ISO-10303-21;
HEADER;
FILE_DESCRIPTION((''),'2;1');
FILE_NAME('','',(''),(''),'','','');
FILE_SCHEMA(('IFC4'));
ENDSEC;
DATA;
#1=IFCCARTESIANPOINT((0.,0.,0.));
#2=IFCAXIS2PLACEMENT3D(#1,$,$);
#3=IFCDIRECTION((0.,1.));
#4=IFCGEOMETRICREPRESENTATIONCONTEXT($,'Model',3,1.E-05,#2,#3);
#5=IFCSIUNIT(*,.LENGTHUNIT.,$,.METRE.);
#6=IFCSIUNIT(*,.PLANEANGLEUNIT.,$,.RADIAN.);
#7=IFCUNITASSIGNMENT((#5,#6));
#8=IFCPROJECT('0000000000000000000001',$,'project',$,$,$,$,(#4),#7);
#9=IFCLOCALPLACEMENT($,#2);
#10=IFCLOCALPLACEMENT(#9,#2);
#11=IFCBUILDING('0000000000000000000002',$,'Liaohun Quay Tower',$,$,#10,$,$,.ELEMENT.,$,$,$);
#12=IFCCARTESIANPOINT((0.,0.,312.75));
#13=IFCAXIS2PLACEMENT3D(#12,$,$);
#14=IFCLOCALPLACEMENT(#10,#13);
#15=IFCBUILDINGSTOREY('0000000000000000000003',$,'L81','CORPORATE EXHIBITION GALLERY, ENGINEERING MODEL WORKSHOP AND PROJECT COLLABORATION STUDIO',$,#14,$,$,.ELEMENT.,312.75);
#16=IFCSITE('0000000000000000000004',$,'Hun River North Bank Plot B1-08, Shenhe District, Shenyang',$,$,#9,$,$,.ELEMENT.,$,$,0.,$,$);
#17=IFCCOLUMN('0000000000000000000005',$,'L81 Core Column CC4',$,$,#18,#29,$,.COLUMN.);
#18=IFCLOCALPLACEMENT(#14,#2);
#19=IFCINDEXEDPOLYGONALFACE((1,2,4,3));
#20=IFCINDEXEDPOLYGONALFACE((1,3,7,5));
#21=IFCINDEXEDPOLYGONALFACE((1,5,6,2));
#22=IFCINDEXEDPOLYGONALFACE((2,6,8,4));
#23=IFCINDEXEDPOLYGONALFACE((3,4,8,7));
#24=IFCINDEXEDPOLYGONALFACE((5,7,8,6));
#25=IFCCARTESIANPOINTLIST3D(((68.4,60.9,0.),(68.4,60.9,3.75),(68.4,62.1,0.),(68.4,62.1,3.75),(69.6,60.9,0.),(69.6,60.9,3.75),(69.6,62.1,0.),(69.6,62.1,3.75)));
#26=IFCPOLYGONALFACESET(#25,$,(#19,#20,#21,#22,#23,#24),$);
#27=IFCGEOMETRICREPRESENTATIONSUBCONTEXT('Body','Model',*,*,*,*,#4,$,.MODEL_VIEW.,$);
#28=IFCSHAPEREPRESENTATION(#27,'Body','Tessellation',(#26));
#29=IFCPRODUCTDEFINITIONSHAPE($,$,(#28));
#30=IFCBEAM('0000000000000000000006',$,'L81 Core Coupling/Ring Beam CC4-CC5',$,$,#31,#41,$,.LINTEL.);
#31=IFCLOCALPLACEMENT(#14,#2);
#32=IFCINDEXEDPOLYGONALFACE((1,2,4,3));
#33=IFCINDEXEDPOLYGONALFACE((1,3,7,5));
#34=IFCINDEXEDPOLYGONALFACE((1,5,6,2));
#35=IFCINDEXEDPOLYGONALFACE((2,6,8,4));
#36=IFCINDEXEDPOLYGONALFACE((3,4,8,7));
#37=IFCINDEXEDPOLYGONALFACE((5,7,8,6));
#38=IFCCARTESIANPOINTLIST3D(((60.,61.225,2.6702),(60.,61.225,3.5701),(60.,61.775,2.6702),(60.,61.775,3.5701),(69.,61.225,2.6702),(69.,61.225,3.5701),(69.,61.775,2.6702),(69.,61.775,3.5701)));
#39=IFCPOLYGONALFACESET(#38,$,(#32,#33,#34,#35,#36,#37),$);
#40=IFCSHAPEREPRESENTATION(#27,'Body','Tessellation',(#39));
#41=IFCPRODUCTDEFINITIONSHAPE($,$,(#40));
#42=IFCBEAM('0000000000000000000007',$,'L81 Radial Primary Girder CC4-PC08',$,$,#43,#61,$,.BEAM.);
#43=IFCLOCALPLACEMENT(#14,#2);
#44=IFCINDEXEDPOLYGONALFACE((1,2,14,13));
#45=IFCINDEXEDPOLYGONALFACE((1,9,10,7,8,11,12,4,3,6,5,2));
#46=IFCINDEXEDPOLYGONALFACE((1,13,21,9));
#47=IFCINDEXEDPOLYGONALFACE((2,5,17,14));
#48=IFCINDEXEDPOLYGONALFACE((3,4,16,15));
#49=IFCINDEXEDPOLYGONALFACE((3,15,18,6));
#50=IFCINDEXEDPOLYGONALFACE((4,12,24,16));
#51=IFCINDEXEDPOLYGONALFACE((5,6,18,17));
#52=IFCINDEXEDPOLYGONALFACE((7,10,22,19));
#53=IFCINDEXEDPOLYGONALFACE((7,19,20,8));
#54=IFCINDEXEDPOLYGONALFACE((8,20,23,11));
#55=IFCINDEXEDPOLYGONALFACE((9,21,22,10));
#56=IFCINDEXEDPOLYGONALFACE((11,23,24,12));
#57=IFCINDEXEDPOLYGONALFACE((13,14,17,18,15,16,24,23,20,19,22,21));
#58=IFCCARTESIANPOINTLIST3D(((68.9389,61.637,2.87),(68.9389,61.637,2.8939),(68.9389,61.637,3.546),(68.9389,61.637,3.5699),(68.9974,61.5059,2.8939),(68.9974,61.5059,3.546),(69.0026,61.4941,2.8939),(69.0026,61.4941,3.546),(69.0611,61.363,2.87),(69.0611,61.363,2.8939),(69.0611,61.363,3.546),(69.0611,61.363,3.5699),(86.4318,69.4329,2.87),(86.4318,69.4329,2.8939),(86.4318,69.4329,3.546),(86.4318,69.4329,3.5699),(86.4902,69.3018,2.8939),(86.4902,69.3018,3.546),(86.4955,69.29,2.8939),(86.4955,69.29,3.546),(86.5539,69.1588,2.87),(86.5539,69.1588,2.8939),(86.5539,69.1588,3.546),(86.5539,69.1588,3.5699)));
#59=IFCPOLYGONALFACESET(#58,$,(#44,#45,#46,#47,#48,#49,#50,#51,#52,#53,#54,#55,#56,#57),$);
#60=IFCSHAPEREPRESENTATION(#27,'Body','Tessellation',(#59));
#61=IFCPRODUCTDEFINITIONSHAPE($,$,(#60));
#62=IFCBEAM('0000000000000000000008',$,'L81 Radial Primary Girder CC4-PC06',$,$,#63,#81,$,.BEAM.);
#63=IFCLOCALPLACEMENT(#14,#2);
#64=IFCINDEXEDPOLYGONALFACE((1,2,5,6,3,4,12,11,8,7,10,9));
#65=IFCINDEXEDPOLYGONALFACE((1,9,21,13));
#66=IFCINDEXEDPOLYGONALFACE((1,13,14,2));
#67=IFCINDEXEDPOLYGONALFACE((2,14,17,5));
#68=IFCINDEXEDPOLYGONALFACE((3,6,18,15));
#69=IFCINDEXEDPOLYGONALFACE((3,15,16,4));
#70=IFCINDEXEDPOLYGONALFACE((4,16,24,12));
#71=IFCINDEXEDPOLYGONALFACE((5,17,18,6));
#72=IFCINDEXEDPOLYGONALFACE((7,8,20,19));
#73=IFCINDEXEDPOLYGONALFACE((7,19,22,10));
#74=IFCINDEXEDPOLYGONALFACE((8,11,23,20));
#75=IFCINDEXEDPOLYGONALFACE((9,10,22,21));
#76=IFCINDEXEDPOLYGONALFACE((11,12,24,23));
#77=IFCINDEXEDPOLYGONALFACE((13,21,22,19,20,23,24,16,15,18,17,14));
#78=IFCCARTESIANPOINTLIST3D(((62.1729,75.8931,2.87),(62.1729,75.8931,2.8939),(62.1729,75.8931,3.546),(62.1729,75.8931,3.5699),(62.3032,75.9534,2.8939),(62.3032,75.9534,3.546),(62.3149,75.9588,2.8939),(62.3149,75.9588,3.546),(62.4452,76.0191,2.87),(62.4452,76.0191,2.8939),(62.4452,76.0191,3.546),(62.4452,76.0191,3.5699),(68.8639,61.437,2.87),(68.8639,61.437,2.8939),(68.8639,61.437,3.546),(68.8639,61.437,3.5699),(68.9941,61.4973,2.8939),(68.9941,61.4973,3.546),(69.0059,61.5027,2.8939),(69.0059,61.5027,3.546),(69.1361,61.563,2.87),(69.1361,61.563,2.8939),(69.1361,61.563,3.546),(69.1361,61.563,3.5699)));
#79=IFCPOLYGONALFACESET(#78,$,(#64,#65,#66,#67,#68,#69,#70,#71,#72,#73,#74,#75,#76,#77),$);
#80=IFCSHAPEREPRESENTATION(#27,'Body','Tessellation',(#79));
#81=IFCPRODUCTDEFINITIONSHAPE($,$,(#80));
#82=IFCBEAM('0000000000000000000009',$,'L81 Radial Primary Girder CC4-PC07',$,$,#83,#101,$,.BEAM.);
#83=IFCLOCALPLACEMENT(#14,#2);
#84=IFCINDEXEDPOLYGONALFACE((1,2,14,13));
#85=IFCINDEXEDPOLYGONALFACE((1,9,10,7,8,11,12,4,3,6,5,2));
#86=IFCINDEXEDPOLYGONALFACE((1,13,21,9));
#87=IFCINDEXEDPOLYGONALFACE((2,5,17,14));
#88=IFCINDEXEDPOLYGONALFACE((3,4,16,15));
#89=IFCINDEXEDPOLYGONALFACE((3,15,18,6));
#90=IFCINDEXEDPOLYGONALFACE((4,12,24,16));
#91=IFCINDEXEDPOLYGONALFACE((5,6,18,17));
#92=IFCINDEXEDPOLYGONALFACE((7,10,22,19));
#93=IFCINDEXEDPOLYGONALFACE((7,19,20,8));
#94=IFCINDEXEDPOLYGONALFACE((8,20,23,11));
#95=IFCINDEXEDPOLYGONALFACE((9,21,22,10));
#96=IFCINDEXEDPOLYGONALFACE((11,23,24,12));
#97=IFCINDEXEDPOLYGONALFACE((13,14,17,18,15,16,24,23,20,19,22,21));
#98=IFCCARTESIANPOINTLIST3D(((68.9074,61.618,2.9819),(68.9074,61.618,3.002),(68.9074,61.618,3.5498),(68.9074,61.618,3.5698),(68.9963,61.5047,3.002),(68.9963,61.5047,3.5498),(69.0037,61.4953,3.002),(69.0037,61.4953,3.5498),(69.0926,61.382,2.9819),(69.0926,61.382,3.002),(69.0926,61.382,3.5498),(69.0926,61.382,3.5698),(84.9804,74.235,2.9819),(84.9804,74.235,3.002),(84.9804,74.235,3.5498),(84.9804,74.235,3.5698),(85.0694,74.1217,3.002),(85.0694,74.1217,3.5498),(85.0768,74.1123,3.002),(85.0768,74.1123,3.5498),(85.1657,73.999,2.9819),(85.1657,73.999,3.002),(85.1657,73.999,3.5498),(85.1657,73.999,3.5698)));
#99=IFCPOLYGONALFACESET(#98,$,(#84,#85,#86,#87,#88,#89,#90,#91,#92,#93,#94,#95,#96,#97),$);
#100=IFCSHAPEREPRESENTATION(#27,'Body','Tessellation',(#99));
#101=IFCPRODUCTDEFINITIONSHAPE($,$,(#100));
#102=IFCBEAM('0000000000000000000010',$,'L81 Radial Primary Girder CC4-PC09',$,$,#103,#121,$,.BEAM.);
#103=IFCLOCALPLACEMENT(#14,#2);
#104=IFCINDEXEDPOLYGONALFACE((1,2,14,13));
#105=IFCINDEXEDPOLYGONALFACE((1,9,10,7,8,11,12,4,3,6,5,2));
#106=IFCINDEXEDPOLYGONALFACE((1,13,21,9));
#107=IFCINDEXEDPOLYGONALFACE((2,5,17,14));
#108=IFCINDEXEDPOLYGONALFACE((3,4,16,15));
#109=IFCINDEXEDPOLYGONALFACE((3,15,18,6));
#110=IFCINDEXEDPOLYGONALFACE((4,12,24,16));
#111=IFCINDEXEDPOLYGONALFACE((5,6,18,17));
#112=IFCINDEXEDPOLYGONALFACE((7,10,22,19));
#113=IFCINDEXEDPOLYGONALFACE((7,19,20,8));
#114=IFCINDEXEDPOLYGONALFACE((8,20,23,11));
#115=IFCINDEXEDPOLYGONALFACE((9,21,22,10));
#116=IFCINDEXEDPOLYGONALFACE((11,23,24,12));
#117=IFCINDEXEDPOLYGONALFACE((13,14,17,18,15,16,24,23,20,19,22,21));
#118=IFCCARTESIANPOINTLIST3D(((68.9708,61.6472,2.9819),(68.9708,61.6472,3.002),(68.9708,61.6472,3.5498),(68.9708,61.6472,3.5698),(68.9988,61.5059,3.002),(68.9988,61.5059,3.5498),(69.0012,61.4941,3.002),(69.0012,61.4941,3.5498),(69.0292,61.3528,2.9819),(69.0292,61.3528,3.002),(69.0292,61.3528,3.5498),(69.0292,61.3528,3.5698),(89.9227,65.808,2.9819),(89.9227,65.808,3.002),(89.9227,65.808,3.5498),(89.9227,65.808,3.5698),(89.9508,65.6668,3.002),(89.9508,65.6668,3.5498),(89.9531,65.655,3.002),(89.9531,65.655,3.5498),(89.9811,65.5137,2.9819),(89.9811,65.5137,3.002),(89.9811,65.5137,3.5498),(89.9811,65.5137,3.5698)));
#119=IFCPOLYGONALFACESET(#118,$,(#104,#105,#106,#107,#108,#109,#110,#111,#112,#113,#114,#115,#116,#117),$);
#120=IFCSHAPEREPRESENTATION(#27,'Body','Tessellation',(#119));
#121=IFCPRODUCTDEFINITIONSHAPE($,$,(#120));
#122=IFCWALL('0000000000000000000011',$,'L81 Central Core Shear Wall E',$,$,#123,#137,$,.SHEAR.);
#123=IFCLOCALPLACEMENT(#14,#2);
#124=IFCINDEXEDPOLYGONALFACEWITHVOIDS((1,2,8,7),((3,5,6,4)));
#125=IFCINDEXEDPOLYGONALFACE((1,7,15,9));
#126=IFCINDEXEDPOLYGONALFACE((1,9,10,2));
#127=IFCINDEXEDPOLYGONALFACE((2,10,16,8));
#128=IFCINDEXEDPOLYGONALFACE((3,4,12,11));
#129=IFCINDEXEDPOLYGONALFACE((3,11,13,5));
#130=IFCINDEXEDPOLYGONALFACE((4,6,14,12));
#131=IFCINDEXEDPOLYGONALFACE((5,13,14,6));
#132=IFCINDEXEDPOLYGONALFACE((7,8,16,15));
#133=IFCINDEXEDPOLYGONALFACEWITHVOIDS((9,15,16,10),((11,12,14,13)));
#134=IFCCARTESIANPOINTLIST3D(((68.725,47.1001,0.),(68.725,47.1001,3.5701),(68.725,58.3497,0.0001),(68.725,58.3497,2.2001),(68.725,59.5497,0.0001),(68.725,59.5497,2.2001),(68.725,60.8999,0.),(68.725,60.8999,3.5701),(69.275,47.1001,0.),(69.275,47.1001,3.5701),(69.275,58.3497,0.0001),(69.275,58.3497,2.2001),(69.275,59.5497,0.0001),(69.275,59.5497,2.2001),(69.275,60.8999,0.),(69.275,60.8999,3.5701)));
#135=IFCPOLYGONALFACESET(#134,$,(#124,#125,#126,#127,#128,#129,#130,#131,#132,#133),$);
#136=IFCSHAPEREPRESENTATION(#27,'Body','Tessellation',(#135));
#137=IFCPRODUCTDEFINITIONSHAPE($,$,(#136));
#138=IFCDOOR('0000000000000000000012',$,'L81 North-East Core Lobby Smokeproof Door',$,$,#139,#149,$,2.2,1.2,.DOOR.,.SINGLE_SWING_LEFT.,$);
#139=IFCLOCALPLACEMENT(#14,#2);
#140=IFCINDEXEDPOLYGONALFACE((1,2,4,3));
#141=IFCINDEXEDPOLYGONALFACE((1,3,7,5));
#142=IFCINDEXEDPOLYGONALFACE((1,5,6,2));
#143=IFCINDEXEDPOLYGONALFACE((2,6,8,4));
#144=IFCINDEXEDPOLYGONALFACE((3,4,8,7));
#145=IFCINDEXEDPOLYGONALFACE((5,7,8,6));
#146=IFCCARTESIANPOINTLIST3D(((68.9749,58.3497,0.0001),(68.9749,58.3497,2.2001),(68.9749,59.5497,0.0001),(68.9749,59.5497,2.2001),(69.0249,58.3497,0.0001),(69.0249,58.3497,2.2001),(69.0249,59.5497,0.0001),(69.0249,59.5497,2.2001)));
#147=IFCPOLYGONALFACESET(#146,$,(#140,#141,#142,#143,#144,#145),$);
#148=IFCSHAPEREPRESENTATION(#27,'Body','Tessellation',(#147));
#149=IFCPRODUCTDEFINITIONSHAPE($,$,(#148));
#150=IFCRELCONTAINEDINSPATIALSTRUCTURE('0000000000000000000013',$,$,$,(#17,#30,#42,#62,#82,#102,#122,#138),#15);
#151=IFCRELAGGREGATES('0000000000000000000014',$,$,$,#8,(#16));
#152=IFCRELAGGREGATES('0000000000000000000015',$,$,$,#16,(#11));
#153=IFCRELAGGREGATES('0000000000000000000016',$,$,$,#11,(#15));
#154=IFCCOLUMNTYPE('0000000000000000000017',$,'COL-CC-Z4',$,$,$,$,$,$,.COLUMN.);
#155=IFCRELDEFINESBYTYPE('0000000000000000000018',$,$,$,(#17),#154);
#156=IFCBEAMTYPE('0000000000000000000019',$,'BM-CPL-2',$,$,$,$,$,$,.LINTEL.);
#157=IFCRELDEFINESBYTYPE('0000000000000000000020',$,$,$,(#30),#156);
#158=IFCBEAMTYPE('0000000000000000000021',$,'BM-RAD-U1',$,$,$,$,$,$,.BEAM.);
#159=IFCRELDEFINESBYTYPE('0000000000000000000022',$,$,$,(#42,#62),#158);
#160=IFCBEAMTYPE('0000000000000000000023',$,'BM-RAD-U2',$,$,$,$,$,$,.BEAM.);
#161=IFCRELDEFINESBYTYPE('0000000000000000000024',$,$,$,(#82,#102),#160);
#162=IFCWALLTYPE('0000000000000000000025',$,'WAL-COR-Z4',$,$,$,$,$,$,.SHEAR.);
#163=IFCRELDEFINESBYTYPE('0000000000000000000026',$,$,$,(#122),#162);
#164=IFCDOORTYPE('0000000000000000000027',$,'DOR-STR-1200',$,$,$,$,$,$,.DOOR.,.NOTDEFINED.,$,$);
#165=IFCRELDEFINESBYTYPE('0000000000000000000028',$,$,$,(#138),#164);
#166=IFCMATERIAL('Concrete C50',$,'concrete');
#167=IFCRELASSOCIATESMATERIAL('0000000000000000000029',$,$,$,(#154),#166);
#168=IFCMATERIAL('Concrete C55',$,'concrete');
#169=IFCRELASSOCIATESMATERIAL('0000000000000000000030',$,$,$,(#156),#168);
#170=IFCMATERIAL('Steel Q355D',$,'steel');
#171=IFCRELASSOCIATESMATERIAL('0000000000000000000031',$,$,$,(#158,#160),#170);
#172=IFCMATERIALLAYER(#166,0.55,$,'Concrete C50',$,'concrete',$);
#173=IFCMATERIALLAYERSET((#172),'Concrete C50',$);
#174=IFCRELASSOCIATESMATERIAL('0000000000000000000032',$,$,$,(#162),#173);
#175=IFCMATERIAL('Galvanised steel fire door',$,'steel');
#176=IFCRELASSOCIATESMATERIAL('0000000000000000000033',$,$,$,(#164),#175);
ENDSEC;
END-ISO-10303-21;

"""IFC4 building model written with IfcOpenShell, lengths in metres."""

from ifc_helpers import new_model, si_unit, direction, frame, frame_2d, origin, origin_2d, place, context, subcontext, project, spatial, rectangle, i_section, extrude, source, transform, mapped, material, layer, layer_set, material_profile, profile_set, type_object, element, fill, save


model = new_model("IFC4")

# Units and contexts
model_context = context("Model", 3, precision=1e-05, world=origin(), true_north=direction((0.0, 1.0)))
body_context = subcontext(model_context, "Body", "Model", "MODEL_VIEW")
ifc_project = project(units=[si_unit("LENGTHUNIT", "METRE"), si_unit("PLANEANGLEUNIT", "RADIAN")], contexts=[model_context])

# Site, building, storey
site_placement = place(None, origin())
site = spatial("IfcSite", under=ifc_project, at=site_placement, Name="Hun River North Bank Plot B1-08, Shenhe District, Shenyang", CompositionType="ELEMENT", RefElevation=0.0)
building_placement = place(site_placement, origin())
building = spatial("IfcBuilding", under=site, at=building_placement, Name="Liaohun Quay Tower", CompositionType="ELEMENT")
storey_placement = place(building_placement, frame((0.0, 0.0, 312.75)))
storey = spatial("IfcBuildingStorey", under=building, at=storey_placement, Name="L81", Description="CORPORATE EXHIBITION GALLERY, ENGINEERING MODEL WORKSHOP AND PROJECT COLLABORATION STUDIO", CompositionType="ELEMENT", Elevation=312.75)

# Column
ifc_material_1 = material(Name="Concrete C50", Category="concrete")
ifc_material_profile_1 = material_profile(ifc_material_1, rectangle(XDim=1.2, YDim=1.2, at=origin_2d()), Name="RC1200x1200")
ifc_profile_set_1 = profile_set([ifc_material_profile_1], Name="Concrete C50")
column_type = type_object("IfcColumnType", Name="COL-CC-Z4", PredefinedType="COLUMN", material=ifc_profile_set_1)
shared_shape_1 = source(origin(), body_context, "Body", "SweptSolid", [
    extrude(rectangle(XDim=1.2, YDim=1.2, at=origin_2d()), origin(), (0.0, 0.0, 1.0), 3.75),
])
column_placement = place(storey_placement, frame((69.0, 61.5, 0.0), z_axis=(0.0, 0.0, 1.0), x_axis=(1.0, 0.0, 0.0)))
element("IfcColumn", 1, at=column_placement, inside=storey, type_object=column_type, Name="L81 Core Column CC4", PredefinedType="COLUMN", context=body_context, shape_type="MappedRepresentation", body=[
    mapped(shared_shape_1, transform((0.0, 0.0, 0.0), x_axis=(1.0, 0.0, 0.0), y_axis=(0.0, 1.0, 0.0), z_axis=(0.0, 0.0, 1.0), scale=1.0)),
])

# Beams
ifc_material_2 = material(Name="Concrete C55", Category="concrete")
ifc_material_profile_2 = material_profile(ifc_material_2, rectangle(XDim=0.55, YDim=0.8999, at=origin_2d()), Name="RC550x900")
ifc_profile_set_2 = profile_set([ifc_material_profile_2], Name="Concrete C55")
beam_type_1 = type_object("IfcBeamType", Name="BM-CPL-2", PredefinedType="LINTEL", material=ifc_profile_set_2)
shared_shape_2 = source(origin(), body_context, "Body", "SweptSolid", [
    extrude(rectangle(XDim=0.55, YDim=0.8999, at=origin_2d()), origin(), (0.0, 0.0, 1.0), 9.0),
])
beam_1_placement = place(storey_placement, frame((69.0, 61.5, 3.1201), z_axis=(-1.0, 0.0, 0.0), x_axis=(0.0, -1.0, 0.0)))
element("IfcBeam", 2, at=beam_1_placement, inside=storey, type_object=beam_type_1, Name="L81 Core Coupling/Ring Beam CC4-CC5", PredefinedType="LINTEL", context=body_context, shape_type="MappedRepresentation", body=[
    mapped(shared_shape_2, transform((0.0, 0.0, 0.0), x_axis=(1.0, 0.0, 0.0), y_axis=(0.0, 1.0, 0.0), z_axis=(0.0, 0.0, 1.0), scale=1.0)),
])
ifc_material_3 = material(Name="Steel Q355D", Category="steel")
ifc_material_profile_3 = material_profile(ifc_material_3, i_section(OverallWidth=0.3, OverallDepth=0.7, WebThickness=0.0129, FlangeThickness=0.0239, at=origin_2d()), Name="HN700x300x13x24")
ifc_profile_set_3 = profile_set([ifc_material_profile_3], Name="Steel Q355D")
beam_type_2 = type_object("IfcBeamType", Name="BM-RAD-U1", PredefinedType="BEAM", material=ifc_profile_set_3)
shared_shape_3 = source(origin(), body_context, "Body", "SweptSolid", [
    extrude(i_section(OverallWidth=0.3, OverallDepth=0.7, WebThickness=0.0129, FlangeThickness=0.0239, at=origin_2d()), origin(), (0.0, 0.0, 1.0), 19.1514),
])
beam_2_placement = place(storey_placement, frame((69.0, 61.5, 3.22), z_axis=(0.913399, 0.407066, 0.0), x_axis=(-0.407066, 0.913399, 0.0)))
element("IfcBeam", 3, at=beam_2_placement, inside=storey, type_object=beam_type_2, Name="L81 Radial Primary Girder CC4-PC08", PredefinedType="BEAM", context=body_context, shape_type="MappedRepresentation", body=[
    mapped(shared_shape_3, transform((0.0, 0.0, 0.0), x_axis=(1.0, 0.0, 0.0), y_axis=(0.0, 1.0, 0.0), z_axis=(0.0, 0.0, 1.0), scale=1.0)),
])
shared_shape_4 = source(origin(), body_context, "Body", "SweptSolid", [
    extrude(i_section(OverallWidth=0.3, OverallDepth=0.7, WebThickness=0.0129, FlangeThickness=0.0239, at=origin_2d()), origin(), (0.0, 0.0, 1.0), 15.9294),
])
beam_3_placement = place(storey_placement, frame((69.0, 61.5, 3.22), z_axis=(-0.420036, 0.907508, 0.0), x_axis=(-0.907508, -0.420036, 0.0)))
element("IfcBeam", 4, at=beam_3_placement, inside=storey, type_object=beam_type_2, Name="L81 Radial Primary Girder CC4-PC06", PredefinedType="BEAM", context=body_context, shape_type="MappedRepresentation", body=[
    mapped(shared_shape_4, transform((0.0, 0.0, 0.0), x_axis=(1.0, 0.0, 0.0), y_axis=(0.0, 1.0, 0.0), z_axis=(0.0, 0.0, 1.0), scale=1.0)),
])
ifc_material_profile_4 = material_profile(ifc_material_3, i_section(OverallWidth=0.3, OverallDepth=0.5879, WebThickness=0.012, FlangeThickness=0.02, at=origin_2d()), Name="HM588x300x12x20")
ifc_profile_set_4 = profile_set([ifc_material_profile_4], Name="Steel Q355D")
beam_type_3 = type_object("IfcBeamType", Name="BM-RAD-U2", PredefinedType="BEAM", material=ifc_profile_set_4)
shared_shape_5 = source(origin(), body_context, "Body", "SweptSolid", [
    extrude(i_section(OverallWidth=0.3, OverallDepth=0.5879, WebThickness=0.012, FlangeThickness=0.02, at=origin_2d()), origin(), (0.0, 0.0, 1.0), 20.4336),
])
beam_4_placement = place(storey_placement, frame((69.0, 61.5, 3.2759), z_axis=(0.7866, 0.617463, 0.0), x_axis=(-0.617463, 0.7866, 0.0)))
element("IfcBeam", 5, at=beam_4_placement, inside=storey, type_object=beam_type_3, Name="L81 Radial Primary Girder CC4-PC07", PredefinedType="BEAM", context=body_context, shape_type="MappedRepresentation", body=[
    mapped(shared_shape_5, transform((0.0, 0.0, 0.0), x_axis=(1.0, 0.0, 0.0), y_axis=(0.0, 1.0, 0.0), z_axis=(0.0, 0.0, 1.0), scale=1.0)),
])
shared_shape_6 = source(origin(), body_context, "Body", "SweptSolid", [
    extrude(i_section(OverallWidth=0.3, OverallDepth=0.5879, WebThickness=0.012, FlangeThickness=0.02, at=origin_2d()), origin(), (0.0, 0.0, 1.0), 21.3611),
])
beam_5_placement = place(storey_placement, frame((69.0, 61.5, 3.2759), z_axis=(0.980845, 0.194788, 0.0), x_axis=(-0.194788, 0.980845, 0.0)))
element("IfcBeam", 6, at=beam_5_placement, inside=storey, type_object=beam_type_3, Name="L81 Radial Primary Girder CC4-PC09", PredefinedType="BEAM", context=body_context, shape_type="MappedRepresentation", body=[
    mapped(shared_shape_6, transform((0.0, 0.0, 0.0), x_axis=(1.0, 0.0, 0.0), y_axis=(0.0, 1.0, 0.0), z_axis=(0.0, 0.0, 1.0), scale=1.0)),
])

# Wall, opening, door
ifc_layer_1 = layer(ifc_material_1, 0.55, Name="Concrete C50", Category="concrete")
ifc_layer_set_1 = layer_set([ifc_layer_1], Name="Concrete C50")
wall_type_1 = type_object("IfcWallType", Name="WAL-COR-Z4", PredefinedType="SHEAR", material=ifc_layer_set_1)
wall_1_placement = place(storey_placement, frame((69.0, 60.8999, 0.0), z_axis=(0.0, 0.0, 1.0), x_axis=(0.0, -1.0, 0.0)))
wall_1 = element("IfcWall", 7, at=wall_1_placement, inside=storey, type_object=wall_type_1, Name="L81 Central Core Shear Wall E", PredefinedType="SHEAR", context=body_context, shape_type="SweptSolid", body=[
    extrude(rectangle(XDim=13.7998, YDim=0.55, at=frame_2d((6.8999, 0.0))), origin(), (0.0, 0.0, 1.0), 3.5701),
])
shared_shape_7 = source(origin(), body_context, "Body", "SweptSolid", [
    extrude(rectangle(XDim=1.2, YDim=2.2, at=frame_2d((0.6001, 1.1001))), frame((0.0, 0.2849, 0.0), z_axis=(0.0, -1.0, 0.0), x_axis=(1.0, 0.0, 0.0)), (0.0, 0.0, 1.0), 0.5701),
])
opening_1_placement = place(wall_1_placement, frame((1.3501, 0.0, 0.0)))
opening_1 = element("IfcOpeningElement", 8, at=opening_1_placement, cuts=wall_1, PredefinedType="OPENING", context=body_context, shape_type="MappedRepresentation", body=[
    mapped(shared_shape_7, transform((0.0, 0.0, 0.0), x_axis=(1.0, 0.0, 0.0), y_axis=(0.0, 1.0, 0.0), z_axis=(0.0, 0.0, 1.0), scale=1.0)),
])
ifc_material_4 = material(Name="Galvanised steel fire door", Category="steel")
door_type_1 = type_object("IfcDoorType", Name="DOR-STR-1200", OperationType="NOTDEFINED", PredefinedType="DOOR", material=ifc_material_4)
shared_shape_8 = source(origin(), body_context, "Body", "SweptSolid", [
    extrude(rectangle(XDim=1.2, YDim=2.2, at=frame_2d((0.6001, 1.1001))), frame((0.0, 0.0249, 0.0), z_axis=(0.0, -1.0, 0.0), x_axis=(1.0, 0.0, 0.0)), (0.0, 0.0, 1.0), 0.05),
])
door_1_placement = place(opening_1_placement, origin())
door_1 = element("IfcDoor", 9, at=door_1_placement, inside=storey, type_object=door_type_1, Name="L81 North-East Core Lobby Smokeproof Door", OperationType="SINGLE_SWING_LEFT", OverallHeight=2.2, OverallWidth=1.2, PredefinedType="DOOR", context=body_context, shape_type="MappedRepresentation", body=[
    mapped(shared_shape_8, transform((0.0, 0.0, 0.0), x_axis=(1.0, 0.0, 0.0), y_axis=(0.0, 1.0, 0.0), z_axis=(0.0, 0.0, 1.0), scale=1.0)),
])
fill(opening_1, door_1)

save(model, "model.ifc")
